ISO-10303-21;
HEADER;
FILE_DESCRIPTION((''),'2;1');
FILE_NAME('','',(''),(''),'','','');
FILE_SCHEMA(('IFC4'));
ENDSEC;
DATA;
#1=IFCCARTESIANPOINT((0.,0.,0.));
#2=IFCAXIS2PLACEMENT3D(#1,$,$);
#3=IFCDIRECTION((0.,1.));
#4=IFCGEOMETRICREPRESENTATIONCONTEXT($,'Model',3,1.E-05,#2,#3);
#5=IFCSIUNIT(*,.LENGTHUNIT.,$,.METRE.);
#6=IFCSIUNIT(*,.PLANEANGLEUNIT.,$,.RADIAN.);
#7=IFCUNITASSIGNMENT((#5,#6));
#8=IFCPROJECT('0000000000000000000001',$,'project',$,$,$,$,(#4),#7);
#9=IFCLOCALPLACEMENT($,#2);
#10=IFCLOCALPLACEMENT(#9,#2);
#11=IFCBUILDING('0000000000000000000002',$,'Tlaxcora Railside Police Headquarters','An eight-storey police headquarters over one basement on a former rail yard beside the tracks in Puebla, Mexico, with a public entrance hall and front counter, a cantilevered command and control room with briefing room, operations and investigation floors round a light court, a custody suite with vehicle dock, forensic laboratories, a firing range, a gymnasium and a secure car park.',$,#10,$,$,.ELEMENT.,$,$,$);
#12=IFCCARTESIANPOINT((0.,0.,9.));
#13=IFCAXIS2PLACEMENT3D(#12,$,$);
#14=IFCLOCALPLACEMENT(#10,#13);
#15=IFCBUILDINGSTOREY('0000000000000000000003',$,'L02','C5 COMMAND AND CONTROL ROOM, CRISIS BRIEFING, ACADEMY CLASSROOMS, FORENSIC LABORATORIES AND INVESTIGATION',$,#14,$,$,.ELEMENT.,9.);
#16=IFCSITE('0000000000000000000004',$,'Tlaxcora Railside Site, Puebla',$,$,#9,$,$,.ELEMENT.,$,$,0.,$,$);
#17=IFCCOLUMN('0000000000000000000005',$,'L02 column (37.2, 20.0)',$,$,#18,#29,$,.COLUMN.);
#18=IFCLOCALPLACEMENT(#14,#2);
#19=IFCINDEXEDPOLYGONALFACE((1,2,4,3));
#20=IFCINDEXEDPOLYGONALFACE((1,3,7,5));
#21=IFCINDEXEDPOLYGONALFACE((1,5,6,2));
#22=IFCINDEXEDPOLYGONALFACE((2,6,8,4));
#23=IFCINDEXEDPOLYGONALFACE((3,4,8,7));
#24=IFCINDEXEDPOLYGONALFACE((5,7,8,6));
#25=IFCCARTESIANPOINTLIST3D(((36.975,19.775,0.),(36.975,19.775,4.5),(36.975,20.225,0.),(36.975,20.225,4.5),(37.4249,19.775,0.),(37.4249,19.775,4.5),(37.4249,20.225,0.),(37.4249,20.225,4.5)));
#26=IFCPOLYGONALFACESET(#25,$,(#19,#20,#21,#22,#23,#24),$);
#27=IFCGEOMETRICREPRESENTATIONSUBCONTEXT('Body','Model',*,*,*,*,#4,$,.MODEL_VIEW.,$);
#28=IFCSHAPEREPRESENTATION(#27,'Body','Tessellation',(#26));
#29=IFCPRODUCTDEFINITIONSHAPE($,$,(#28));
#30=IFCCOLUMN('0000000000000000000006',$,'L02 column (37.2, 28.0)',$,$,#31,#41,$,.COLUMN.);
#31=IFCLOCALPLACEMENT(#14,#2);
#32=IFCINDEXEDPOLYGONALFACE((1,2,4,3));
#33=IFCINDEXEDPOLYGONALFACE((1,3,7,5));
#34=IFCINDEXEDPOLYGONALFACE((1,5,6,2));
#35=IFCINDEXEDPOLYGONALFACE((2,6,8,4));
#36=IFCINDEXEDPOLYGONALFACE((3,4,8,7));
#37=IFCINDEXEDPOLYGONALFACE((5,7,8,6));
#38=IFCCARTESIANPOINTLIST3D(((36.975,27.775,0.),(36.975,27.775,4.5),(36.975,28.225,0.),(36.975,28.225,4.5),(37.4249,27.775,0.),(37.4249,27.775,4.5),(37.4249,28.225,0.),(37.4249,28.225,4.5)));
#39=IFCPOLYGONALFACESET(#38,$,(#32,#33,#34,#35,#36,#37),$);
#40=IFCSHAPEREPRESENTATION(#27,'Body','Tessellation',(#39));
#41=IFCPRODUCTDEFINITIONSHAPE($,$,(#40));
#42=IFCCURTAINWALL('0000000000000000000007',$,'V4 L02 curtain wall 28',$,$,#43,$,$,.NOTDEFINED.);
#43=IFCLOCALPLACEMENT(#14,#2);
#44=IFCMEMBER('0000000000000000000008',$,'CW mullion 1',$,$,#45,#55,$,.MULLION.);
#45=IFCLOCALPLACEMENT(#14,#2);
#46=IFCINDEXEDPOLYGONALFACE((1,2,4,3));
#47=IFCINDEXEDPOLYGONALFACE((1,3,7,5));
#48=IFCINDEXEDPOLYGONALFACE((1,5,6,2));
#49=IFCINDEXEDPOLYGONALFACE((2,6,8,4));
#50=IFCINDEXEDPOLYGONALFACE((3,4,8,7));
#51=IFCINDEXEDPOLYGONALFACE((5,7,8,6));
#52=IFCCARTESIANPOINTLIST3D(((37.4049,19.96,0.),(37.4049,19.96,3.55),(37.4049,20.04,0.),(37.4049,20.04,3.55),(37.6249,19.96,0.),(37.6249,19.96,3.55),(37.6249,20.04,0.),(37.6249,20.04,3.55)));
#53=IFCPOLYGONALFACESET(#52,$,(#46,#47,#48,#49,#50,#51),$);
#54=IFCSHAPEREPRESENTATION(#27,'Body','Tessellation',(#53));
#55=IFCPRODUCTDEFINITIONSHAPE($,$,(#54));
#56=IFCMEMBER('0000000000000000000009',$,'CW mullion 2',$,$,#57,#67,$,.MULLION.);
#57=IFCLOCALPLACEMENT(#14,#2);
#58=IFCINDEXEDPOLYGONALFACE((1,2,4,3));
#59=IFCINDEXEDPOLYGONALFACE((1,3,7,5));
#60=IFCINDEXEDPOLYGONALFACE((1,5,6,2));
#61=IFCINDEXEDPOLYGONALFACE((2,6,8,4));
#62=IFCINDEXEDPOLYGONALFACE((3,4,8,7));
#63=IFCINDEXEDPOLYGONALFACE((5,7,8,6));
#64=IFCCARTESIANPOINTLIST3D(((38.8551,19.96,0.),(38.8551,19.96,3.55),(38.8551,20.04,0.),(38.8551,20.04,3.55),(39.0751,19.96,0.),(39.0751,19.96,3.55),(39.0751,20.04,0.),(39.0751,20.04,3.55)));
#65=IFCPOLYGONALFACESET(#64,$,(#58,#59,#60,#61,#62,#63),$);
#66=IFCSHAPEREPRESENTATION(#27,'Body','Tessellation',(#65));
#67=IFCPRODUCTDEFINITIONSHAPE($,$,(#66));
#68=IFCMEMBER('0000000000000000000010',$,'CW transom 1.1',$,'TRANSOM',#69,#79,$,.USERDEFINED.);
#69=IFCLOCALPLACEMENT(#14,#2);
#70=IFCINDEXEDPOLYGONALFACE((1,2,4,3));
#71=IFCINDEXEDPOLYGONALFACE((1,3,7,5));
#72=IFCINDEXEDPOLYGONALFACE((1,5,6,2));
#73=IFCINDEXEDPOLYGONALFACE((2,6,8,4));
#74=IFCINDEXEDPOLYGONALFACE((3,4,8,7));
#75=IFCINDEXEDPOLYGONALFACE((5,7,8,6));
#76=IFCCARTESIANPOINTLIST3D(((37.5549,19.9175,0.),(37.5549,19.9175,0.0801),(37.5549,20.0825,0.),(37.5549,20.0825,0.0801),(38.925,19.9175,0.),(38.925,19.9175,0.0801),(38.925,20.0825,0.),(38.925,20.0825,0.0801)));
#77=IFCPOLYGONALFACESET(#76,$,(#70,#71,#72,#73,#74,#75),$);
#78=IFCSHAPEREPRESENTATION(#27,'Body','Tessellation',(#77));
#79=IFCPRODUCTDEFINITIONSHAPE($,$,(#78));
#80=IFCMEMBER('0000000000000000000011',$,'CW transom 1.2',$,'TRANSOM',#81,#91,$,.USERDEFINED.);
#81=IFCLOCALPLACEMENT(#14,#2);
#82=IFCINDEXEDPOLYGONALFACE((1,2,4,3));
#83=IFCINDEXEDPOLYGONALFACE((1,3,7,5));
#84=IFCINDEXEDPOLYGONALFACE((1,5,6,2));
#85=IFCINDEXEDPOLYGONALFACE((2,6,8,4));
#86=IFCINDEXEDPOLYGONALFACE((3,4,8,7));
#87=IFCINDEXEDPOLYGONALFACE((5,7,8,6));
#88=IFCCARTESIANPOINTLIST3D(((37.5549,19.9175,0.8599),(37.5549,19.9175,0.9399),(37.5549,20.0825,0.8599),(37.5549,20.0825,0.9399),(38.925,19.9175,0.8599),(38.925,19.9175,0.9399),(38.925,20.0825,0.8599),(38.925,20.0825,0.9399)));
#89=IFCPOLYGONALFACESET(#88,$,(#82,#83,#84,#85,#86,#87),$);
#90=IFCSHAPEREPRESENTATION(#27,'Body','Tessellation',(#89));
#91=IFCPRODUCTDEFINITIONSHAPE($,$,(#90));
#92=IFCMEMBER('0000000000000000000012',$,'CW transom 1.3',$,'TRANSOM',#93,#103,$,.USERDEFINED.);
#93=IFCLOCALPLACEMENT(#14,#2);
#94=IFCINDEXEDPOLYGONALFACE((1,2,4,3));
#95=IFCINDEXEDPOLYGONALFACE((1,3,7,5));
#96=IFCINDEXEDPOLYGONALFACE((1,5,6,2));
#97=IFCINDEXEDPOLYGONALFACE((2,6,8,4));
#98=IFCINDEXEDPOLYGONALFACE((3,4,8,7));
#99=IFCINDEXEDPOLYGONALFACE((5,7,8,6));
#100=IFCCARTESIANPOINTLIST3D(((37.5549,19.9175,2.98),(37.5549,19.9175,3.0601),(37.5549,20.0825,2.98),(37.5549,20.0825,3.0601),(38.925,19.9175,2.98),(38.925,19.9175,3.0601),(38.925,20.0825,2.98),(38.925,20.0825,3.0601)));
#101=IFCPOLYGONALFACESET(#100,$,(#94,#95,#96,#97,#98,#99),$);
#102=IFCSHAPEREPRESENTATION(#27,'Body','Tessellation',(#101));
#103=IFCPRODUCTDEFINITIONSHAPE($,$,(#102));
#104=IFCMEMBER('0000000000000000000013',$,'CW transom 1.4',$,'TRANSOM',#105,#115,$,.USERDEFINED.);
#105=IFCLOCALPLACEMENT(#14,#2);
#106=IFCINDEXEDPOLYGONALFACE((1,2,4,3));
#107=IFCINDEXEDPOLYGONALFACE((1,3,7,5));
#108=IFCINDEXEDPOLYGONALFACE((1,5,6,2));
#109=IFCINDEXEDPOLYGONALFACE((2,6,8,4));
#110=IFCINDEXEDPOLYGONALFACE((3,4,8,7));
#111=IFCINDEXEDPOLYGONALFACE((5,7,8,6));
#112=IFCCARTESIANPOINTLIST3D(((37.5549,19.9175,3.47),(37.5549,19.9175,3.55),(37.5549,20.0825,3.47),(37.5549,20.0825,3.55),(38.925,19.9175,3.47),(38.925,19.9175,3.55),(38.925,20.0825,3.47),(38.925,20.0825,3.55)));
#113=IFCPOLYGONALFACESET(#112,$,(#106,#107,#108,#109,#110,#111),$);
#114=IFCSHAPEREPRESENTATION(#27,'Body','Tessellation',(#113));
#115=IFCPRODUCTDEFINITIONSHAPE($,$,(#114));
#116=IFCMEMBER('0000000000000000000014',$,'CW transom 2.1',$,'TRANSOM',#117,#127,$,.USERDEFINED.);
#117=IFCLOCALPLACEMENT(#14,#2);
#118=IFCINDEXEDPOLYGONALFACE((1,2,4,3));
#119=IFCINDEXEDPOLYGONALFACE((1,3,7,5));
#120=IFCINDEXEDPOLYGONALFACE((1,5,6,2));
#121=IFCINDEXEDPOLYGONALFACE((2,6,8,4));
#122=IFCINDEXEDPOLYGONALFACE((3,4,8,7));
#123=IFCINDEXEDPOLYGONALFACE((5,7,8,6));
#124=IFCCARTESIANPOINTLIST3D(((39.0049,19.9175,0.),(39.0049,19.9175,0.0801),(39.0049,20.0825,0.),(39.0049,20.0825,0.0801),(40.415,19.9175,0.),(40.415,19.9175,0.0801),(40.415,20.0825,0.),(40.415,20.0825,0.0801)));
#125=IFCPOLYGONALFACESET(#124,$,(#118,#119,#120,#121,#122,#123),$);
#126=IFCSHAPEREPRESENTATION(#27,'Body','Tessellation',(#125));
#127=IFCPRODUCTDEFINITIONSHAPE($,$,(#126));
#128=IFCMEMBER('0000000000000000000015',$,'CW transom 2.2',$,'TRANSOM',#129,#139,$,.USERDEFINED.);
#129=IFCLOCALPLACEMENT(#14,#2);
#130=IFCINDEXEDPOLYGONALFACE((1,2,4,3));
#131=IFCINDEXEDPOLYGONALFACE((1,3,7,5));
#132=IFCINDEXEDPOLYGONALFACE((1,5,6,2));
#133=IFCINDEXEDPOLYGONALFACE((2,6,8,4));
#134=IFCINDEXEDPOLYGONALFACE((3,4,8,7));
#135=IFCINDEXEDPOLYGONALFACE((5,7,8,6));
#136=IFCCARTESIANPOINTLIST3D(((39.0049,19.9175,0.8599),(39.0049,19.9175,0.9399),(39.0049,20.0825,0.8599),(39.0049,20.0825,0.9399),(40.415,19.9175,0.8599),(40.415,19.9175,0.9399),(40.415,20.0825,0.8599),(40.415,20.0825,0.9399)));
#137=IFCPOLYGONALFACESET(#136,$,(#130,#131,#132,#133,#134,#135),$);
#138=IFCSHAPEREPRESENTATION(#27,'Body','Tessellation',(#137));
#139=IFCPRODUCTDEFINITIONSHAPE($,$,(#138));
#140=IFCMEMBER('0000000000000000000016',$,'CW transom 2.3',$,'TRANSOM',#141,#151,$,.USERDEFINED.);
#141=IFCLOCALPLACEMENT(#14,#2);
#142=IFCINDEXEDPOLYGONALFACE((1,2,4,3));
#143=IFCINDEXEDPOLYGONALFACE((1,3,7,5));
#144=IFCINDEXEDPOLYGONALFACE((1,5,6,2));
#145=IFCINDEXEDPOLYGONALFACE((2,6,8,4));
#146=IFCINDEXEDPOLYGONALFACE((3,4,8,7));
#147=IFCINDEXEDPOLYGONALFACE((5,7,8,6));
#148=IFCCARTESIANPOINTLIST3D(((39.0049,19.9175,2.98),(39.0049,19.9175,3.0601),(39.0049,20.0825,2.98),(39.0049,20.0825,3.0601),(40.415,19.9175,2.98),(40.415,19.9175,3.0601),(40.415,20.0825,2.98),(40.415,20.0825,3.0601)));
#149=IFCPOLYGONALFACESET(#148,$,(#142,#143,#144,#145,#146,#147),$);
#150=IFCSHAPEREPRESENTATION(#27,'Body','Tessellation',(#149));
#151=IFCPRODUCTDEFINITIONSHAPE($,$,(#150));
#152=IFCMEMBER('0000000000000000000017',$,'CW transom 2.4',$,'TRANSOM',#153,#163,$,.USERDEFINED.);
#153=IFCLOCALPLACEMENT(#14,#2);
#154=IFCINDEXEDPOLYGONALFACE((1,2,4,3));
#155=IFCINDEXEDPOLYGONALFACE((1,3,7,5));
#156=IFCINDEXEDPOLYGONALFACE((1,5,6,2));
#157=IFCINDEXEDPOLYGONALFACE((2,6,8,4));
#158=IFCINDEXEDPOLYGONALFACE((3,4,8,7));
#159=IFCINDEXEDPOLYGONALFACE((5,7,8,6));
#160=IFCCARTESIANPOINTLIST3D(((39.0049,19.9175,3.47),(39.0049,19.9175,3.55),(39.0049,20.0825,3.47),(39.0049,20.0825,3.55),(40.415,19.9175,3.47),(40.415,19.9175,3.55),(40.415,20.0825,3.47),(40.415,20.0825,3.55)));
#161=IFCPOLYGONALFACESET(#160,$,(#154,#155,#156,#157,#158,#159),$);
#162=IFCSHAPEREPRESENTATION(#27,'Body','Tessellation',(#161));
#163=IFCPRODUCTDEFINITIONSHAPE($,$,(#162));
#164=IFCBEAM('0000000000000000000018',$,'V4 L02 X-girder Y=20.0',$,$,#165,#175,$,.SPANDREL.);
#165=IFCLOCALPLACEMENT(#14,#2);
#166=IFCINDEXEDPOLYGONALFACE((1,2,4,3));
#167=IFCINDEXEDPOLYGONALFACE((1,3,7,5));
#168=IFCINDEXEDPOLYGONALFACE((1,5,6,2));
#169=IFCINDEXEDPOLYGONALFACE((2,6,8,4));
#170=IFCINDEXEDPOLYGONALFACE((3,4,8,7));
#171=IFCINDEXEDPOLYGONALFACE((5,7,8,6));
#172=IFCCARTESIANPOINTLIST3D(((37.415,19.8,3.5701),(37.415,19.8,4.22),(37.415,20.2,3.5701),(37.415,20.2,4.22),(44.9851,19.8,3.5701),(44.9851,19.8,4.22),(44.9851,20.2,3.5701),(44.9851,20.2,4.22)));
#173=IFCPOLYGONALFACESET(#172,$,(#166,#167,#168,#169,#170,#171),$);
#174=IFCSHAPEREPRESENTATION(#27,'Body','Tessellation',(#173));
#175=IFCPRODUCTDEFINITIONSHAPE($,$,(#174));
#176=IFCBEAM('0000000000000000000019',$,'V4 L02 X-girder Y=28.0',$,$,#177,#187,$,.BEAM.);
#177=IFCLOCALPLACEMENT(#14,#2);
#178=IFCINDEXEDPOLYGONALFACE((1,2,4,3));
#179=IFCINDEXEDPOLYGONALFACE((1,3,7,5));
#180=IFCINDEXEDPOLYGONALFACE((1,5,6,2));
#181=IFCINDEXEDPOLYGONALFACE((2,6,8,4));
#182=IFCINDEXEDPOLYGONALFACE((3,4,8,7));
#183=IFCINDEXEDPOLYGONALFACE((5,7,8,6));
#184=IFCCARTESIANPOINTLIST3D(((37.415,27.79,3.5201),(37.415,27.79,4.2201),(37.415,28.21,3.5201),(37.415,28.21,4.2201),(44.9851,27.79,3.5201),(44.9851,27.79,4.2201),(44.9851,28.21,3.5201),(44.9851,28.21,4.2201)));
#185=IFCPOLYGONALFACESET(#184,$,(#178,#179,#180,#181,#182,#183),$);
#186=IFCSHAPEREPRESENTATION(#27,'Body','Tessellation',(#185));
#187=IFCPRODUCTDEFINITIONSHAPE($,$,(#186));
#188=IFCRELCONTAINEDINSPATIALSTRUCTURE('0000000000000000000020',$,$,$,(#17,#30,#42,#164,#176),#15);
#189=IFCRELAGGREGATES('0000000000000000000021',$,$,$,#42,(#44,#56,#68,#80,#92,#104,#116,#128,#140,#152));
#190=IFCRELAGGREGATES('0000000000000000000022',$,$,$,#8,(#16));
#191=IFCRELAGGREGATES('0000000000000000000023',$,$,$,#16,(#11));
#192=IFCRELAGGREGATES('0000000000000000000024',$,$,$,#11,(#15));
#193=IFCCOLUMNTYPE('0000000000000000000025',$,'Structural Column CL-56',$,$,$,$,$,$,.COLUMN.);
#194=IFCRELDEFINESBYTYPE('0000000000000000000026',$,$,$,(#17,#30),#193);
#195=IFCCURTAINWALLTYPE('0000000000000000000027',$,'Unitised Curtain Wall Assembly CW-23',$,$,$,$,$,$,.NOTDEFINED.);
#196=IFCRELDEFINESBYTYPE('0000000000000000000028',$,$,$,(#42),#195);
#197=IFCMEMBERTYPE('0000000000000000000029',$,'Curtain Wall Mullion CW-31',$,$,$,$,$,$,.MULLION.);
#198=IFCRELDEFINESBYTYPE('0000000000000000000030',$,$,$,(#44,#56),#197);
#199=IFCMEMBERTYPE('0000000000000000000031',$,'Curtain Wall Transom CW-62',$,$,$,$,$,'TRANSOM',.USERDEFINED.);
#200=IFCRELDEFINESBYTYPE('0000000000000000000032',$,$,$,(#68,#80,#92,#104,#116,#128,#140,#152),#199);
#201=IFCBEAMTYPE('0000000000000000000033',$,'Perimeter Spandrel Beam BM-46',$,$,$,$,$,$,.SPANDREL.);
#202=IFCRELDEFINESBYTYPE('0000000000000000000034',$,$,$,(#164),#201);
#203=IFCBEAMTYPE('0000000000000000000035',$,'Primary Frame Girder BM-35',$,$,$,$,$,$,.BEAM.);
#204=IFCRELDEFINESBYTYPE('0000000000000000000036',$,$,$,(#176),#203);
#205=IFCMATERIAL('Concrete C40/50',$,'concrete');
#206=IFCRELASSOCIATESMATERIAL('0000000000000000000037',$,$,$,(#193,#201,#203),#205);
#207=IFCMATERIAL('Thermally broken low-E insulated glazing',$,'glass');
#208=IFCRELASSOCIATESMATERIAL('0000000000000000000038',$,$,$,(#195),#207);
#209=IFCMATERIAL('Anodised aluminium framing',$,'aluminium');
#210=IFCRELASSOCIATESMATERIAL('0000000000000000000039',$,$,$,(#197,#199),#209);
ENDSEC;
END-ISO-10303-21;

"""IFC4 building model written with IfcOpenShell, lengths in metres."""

from ifc_helpers import new_model, si_unit, direction, frame, origin, origin_2d, place, context, subcontext, project, spatial, rectangle, extrude, material, material_profile, profile_set, type_object, element, aggregate, save


model = new_model("IFC4")

# Units and contexts
model_context = context("Model", 3, precision=1e-05, world=origin(), true_north=direction((0.0, 1.0)))
body_context = subcontext(model_context, "Body", "Model", "MODEL_VIEW")
ifc_project = project(units=[si_unit("LENGTHUNIT", "METRE"), si_unit("PLANEANGLEUNIT", "RADIAN")], contexts=[model_context])

# Site, building, storey
site_placement = place(None, origin())
site = spatial("IfcSite", under=ifc_project, at=site_placement, Name="Tlaxcora Railside Site, Puebla", CompositionType="ELEMENT", RefElevation=0.0)
building_placement = place(site_placement, origin())
building = spatial("IfcBuilding", under=site, at=building_placement, Name="Tlaxcora Railside Police Headquarters", Description="An eight-storey police headquarters over one basement on a former rail yard beside the tracks in Puebla, Mexico, with a public entrance hall and front counter, a cantilevered command and control room with briefing room, operations and investigation floors round a light court, a custody suite with vehicle dock, forensic laboratories, a firing range, a gymnasium and a secure car park.", CompositionType="ELEMENT")
storey_placement = place(building_placement, frame((0.0, 0.0, 9.0)))
storey = spatial("IfcBuildingStorey", under=building, at=storey_placement, Name="L02", Description="C5 COMMAND AND CONTROL ROOM, CRISIS BRIEFING, ACADEMY CLASSROOMS, FORENSIC LABORATORIES AND INVESTIGATION", CompositionType="ELEMENT", Elevation=9.0)

# Columns
ifc_material_1 = material(Name="Concrete C40/50", Category="concrete")
ifc_material_profile_1 = material_profile(ifc_material_1, rectangle(XDim=0.45, YDim=0.45, at=origin_2d()), Name="RC450X450")
ifc_profile_set_1 = profile_set([ifc_material_profile_1], Name="Concrete C40/50")
column_type = type_object("IfcColumnType", Name="Structural Column CL-56", PredefinedType="COLUMN", material=ifc_profile_set_1)
for number, where, z_axis, x_axis, name in (
    (1, (37.2, 20.0, 0.0), (0.0, 0.0, 1.0), (1.0, 0.0, 0.0), "L02 column (37.2, 20.0)"),
    (2, (37.2, 28.0, 0.0), (0.0, 0.0, 1.0), (1.0, 0.0, 0.0), "L02 column (37.2, 28.0)"),
):
    element("IfcColumn", number, at=place(storey_placement, frame(where, z_axis=z_axis, x_axis=x_axis)), inside=storey, type_object=column_type, Name=name, PredefinedType="COLUMN", context=body_context, shape_type="SweptSolid", body=[
        extrude(rectangle(XDim=0.45, YDim=0.45, at=origin_2d()), origin(), (0.0, 0.0, 1.0), 4.5),
    ])

# Curtain wall, members
ifc_material_2 = material(Name="Thermally broken low-E insulated glazing", Category="glass")
curtain_wall_type = type_object("IfcCurtainWallType", Name="Unitised Curtain Wall Assembly CW-23", PredefinedType="NOTDEFINED", material=ifc_material_2)
curtain_wall_placement = place(storey_placement, origin())
curtain_wall = element("IfcCurtainWall", 3, at=curtain_wall_placement, inside=storey, type_object=curtain_wall_type, Name="V4 L02 curtain wall 28", PredefinedType="NOTDEFINED")
ifc_material_3 = material(Name="Anodised aluminium framing", Category="aluminium")
ifc_material_profile_2 = material_profile(ifc_material_3, rectangle(XDim=0.0801, YDim=0.22, at=origin_2d()), Name="AL80X220")
ifc_profile_set_2 = profile_set([ifc_material_profile_2], Name="Anodised aluminium framing")
member_type_1 = type_object("IfcMemberType", Name="Curtain Wall Mullion CW-31", PredefinedType="MULLION", material=ifc_profile_set_2)
member_1_placement = place(storey_placement, frame((37.5149, 20.0, 0.0), z_axis=(0.0, 0.0, 1.0), x_axis=(0.0, 1.0, 0.0)))
member_1 = element("IfcMember", 4, at=member_1_placement, type_object=member_type_1, Name="CW mullion 1", PredefinedType="MULLION", context=body_context, shape_type="SweptSolid", body=[
    extrude(rectangle(XDim=0.0801, YDim=0.22, at=origin_2d()), origin(), (0.0, 0.0, 1.0), 3.55),
])
member_2_placement = place(storey_placement, frame((38.9651, 20.0, 0.0), z_axis=(0.0, 0.0, 1.0), x_axis=(0.0, 1.0, 0.0)))
member_2 = element("IfcMember", 5, at=member_2_placement, type_object=member_type_1, Name="CW mullion 2", PredefinedType="MULLION", context=body_context, shape_type="SweptSolid", body=[
    extrude(rectangle(XDim=0.0801, YDim=0.22, at=origin_2d()), origin(), (0.0, 0.0, 1.0), 3.55),
])
ifc_material_profile_3 = material_profile(ifc_material_3, rectangle(XDim=0.165, YDim=0.0801, at=origin_2d()), Name="AL80X165")
ifc_profile_set_3 = profile_set([ifc_material_profile_3], Name="Anodised aluminium framing")
member_type_2 = type_object("IfcMemberType", Name="Curtain Wall Transom CW-62", ElementType="TRANSOM", PredefinedType="USERDEFINED", material=ifc_profile_set_3)
member_3_placement = place(storey_placement, frame((37.5549, 20.0, 0.04), z_axis=(1.0, 0.0, 0.0), x_axis=(0.0, 1.0, 0.0)))
member_3 = element("IfcMember", 6, at=member_3_placement, type_object=member_type_2, Name="CW transom 1.1", ObjectType="TRANSOM", PredefinedType="USERDEFINED", context=body_context, shape_type="SweptSolid", body=[
    extrude(rectangle(XDim=0.165, YDim=0.0801, at=origin_2d()), origin(), (0.0, 0.0, 1.0), 1.3701),
])
member_4_placement = place(storey_placement, frame((37.5549, 20.0, 0.8999), z_axis=(1.0, 0.0, 0.0), x_axis=(0.0, 1.0, 0.0)))
member_4 = element("IfcMember", 7, at=member_4_placement, type_object=member_type_2, Name="CW transom 1.2", ObjectType="TRANSOM", PredefinedType="USERDEFINED", context=body_context, shape_type="SweptSolid", body=[
    extrude(rectangle(XDim=0.165, YDim=0.0801, at=origin_2d()), origin(), (0.0, 0.0, 1.0), 1.3701),
])
member_5_placement = place(storey_placement, frame((37.5549, 20.0, 3.02), z_axis=(1.0, 0.0, 0.0), x_axis=(0.0, 1.0, 0.0)))
member_5 = element("IfcMember", 8, at=member_5_placement, type_object=member_type_2, Name="CW transom 1.3", ObjectType="TRANSOM", PredefinedType="USERDEFINED", context=body_context, shape_type="SweptSolid", body=[
    extrude(rectangle(XDim=0.165, YDim=0.0801, at=origin_2d()), origin(), (0.0, 0.0, 1.0), 1.3701),
])
member_6_placement = place(storey_placement, frame((37.5549, 20.0, 3.51), z_axis=(1.0, 0.0, 0.0), x_axis=(0.0, 1.0, 0.0)))
member_6 = element("IfcMember", 9, at=member_6_placement, type_object=member_type_2, Name="CW transom 1.4", ObjectType="TRANSOM", PredefinedType="USERDEFINED", context=body_context, shape_type="SweptSolid", body=[
    extrude(rectangle(XDim=0.165, YDim=0.0801, at=origin_2d()), origin(), (0.0, 0.0, 1.0), 1.3701),
])
member_7_placement = place(storey_placement, frame((39.0049, 20.0, 0.04), z_axis=(1.0, 0.0, 0.0), x_axis=(0.0, 1.0, 0.0)))
member_7 = element("IfcMember", 10, at=member_7_placement, type_object=member_type_2, Name="CW transom 2.1", ObjectType="TRANSOM", PredefinedType="USERDEFINED", context=body_context, shape_type="SweptSolid", body=[
    extrude(rectangle(XDim=0.165, YDim=0.0801, at=origin_2d()), origin(), (0.0, 0.0, 1.0), 1.4102),
])
member_8_placement = place(storey_placement, frame((39.0049, 20.0, 0.8999), z_axis=(1.0, 0.0, 0.0), x_axis=(0.0, 1.0, 0.0)))
member_8 = element("IfcMember", 11, at=member_8_placement, type_object=member_type_2, Name="CW transom 2.2", ObjectType="TRANSOM", PredefinedType="USERDEFINED", context=body_context, shape_type="SweptSolid", body=[
    extrude(rectangle(XDim=0.165, YDim=0.0801, at=origin_2d()), origin(), (0.0, 0.0, 1.0), 1.4102),
])
member_9_placement = place(storey_placement, frame((39.0049, 20.0, 3.02), z_axis=(1.0, 0.0, 0.0), x_axis=(0.0, 1.0, 0.0)))
member_9 = element("IfcMember", 12, at=member_9_placement, type_object=member_type_2, Name="CW transom 2.3", ObjectType="TRANSOM", PredefinedType="USERDEFINED", context=body_context, shape_type="SweptSolid", body=[
    extrude(rectangle(XDim=0.165, YDim=0.0801, at=origin_2d()), origin(), (0.0, 0.0, 1.0), 1.4102),
])
member_10_placement = place(storey_placement, frame((39.0049, 20.0, 3.51), z_axis=(1.0, 0.0, 0.0), x_axis=(0.0, 1.0, 0.0)))
member_10 = element("IfcMember", 13, at=member_10_placement, type_object=member_type_2, Name="CW transom 2.4", ObjectType="TRANSOM", PredefinedType="USERDEFINED", context=body_context, shape_type="SweptSolid", body=[
    extrude(rectangle(XDim=0.165, YDim=0.0801, at=origin_2d()), origin(), (0.0, 0.0, 1.0), 1.4102),
])

# Beams
ifc_material_profile_4 = material_profile(ifc_material_1, rectangle(XDim=0.3999, YDim=0.6499, at=origin_2d()), Name="RC400X650")
ifc_profile_set_4 = profile_set([ifc_material_profile_4], Name="Concrete C40/50")
beam_type_1 = type_object("IfcBeamType", Name="Perimeter Spandrel Beam BM-46", PredefinedType="SPANDREL", material=ifc_profile_set_4)
beam_1_placement = place(storey_placement, frame((37.415, 20.0, 3.895), z_axis=(1.0, 0.0, 0.0), x_axis=(0.0, 1.0, 0.0)))
element("IfcBeam", 14, at=beam_1_placement, inside=storey, type_object=beam_type_1, Name="V4 L02 X-girder Y=20.0", PredefinedType="SPANDREL", context=body_context, shape_type="SweptSolid", body=[
    extrude(rectangle(XDim=0.3999, YDim=0.6499, at=origin_2d()), origin(), (0.0, 0.0, 1.0), 7.5701),
])
ifc_material_profile_5 = material_profile(ifc_material_1, rectangle(XDim=0.4199, YDim=0.7, at=origin_2d()), Name="RC420X700")
ifc_profile_set_5 = profile_set([ifc_material_profile_5], Name="Concrete C40/50")
beam_type_2 = type_object("IfcBeamType", Name="Primary Frame Girder BM-35", PredefinedType="BEAM", material=ifc_profile_set_5)
beam_2_placement = place(storey_placement, frame((37.415, 28.0, 3.8701), z_axis=(1.0, 0.0, 0.0), x_axis=(0.0, 1.0, 0.0)))
element("IfcBeam", 15, at=beam_2_placement, inside=storey, type_object=beam_type_2, Name="V4 L02 X-girder Y=28.0", PredefinedType="BEAM", context=body_context, shape_type="SweptSolid", body=[
    extrude(rectangle(XDim=0.4199, YDim=0.7, at=origin_2d()), origin(), (0.0, 0.0, 1.0), 7.5701),
])

aggregate(curtain_wall, [member_1, member_2, member_3, member_4, member_5, member_6, member_7, member_8, member_9, member_10])

save(model, "model.ifc")
